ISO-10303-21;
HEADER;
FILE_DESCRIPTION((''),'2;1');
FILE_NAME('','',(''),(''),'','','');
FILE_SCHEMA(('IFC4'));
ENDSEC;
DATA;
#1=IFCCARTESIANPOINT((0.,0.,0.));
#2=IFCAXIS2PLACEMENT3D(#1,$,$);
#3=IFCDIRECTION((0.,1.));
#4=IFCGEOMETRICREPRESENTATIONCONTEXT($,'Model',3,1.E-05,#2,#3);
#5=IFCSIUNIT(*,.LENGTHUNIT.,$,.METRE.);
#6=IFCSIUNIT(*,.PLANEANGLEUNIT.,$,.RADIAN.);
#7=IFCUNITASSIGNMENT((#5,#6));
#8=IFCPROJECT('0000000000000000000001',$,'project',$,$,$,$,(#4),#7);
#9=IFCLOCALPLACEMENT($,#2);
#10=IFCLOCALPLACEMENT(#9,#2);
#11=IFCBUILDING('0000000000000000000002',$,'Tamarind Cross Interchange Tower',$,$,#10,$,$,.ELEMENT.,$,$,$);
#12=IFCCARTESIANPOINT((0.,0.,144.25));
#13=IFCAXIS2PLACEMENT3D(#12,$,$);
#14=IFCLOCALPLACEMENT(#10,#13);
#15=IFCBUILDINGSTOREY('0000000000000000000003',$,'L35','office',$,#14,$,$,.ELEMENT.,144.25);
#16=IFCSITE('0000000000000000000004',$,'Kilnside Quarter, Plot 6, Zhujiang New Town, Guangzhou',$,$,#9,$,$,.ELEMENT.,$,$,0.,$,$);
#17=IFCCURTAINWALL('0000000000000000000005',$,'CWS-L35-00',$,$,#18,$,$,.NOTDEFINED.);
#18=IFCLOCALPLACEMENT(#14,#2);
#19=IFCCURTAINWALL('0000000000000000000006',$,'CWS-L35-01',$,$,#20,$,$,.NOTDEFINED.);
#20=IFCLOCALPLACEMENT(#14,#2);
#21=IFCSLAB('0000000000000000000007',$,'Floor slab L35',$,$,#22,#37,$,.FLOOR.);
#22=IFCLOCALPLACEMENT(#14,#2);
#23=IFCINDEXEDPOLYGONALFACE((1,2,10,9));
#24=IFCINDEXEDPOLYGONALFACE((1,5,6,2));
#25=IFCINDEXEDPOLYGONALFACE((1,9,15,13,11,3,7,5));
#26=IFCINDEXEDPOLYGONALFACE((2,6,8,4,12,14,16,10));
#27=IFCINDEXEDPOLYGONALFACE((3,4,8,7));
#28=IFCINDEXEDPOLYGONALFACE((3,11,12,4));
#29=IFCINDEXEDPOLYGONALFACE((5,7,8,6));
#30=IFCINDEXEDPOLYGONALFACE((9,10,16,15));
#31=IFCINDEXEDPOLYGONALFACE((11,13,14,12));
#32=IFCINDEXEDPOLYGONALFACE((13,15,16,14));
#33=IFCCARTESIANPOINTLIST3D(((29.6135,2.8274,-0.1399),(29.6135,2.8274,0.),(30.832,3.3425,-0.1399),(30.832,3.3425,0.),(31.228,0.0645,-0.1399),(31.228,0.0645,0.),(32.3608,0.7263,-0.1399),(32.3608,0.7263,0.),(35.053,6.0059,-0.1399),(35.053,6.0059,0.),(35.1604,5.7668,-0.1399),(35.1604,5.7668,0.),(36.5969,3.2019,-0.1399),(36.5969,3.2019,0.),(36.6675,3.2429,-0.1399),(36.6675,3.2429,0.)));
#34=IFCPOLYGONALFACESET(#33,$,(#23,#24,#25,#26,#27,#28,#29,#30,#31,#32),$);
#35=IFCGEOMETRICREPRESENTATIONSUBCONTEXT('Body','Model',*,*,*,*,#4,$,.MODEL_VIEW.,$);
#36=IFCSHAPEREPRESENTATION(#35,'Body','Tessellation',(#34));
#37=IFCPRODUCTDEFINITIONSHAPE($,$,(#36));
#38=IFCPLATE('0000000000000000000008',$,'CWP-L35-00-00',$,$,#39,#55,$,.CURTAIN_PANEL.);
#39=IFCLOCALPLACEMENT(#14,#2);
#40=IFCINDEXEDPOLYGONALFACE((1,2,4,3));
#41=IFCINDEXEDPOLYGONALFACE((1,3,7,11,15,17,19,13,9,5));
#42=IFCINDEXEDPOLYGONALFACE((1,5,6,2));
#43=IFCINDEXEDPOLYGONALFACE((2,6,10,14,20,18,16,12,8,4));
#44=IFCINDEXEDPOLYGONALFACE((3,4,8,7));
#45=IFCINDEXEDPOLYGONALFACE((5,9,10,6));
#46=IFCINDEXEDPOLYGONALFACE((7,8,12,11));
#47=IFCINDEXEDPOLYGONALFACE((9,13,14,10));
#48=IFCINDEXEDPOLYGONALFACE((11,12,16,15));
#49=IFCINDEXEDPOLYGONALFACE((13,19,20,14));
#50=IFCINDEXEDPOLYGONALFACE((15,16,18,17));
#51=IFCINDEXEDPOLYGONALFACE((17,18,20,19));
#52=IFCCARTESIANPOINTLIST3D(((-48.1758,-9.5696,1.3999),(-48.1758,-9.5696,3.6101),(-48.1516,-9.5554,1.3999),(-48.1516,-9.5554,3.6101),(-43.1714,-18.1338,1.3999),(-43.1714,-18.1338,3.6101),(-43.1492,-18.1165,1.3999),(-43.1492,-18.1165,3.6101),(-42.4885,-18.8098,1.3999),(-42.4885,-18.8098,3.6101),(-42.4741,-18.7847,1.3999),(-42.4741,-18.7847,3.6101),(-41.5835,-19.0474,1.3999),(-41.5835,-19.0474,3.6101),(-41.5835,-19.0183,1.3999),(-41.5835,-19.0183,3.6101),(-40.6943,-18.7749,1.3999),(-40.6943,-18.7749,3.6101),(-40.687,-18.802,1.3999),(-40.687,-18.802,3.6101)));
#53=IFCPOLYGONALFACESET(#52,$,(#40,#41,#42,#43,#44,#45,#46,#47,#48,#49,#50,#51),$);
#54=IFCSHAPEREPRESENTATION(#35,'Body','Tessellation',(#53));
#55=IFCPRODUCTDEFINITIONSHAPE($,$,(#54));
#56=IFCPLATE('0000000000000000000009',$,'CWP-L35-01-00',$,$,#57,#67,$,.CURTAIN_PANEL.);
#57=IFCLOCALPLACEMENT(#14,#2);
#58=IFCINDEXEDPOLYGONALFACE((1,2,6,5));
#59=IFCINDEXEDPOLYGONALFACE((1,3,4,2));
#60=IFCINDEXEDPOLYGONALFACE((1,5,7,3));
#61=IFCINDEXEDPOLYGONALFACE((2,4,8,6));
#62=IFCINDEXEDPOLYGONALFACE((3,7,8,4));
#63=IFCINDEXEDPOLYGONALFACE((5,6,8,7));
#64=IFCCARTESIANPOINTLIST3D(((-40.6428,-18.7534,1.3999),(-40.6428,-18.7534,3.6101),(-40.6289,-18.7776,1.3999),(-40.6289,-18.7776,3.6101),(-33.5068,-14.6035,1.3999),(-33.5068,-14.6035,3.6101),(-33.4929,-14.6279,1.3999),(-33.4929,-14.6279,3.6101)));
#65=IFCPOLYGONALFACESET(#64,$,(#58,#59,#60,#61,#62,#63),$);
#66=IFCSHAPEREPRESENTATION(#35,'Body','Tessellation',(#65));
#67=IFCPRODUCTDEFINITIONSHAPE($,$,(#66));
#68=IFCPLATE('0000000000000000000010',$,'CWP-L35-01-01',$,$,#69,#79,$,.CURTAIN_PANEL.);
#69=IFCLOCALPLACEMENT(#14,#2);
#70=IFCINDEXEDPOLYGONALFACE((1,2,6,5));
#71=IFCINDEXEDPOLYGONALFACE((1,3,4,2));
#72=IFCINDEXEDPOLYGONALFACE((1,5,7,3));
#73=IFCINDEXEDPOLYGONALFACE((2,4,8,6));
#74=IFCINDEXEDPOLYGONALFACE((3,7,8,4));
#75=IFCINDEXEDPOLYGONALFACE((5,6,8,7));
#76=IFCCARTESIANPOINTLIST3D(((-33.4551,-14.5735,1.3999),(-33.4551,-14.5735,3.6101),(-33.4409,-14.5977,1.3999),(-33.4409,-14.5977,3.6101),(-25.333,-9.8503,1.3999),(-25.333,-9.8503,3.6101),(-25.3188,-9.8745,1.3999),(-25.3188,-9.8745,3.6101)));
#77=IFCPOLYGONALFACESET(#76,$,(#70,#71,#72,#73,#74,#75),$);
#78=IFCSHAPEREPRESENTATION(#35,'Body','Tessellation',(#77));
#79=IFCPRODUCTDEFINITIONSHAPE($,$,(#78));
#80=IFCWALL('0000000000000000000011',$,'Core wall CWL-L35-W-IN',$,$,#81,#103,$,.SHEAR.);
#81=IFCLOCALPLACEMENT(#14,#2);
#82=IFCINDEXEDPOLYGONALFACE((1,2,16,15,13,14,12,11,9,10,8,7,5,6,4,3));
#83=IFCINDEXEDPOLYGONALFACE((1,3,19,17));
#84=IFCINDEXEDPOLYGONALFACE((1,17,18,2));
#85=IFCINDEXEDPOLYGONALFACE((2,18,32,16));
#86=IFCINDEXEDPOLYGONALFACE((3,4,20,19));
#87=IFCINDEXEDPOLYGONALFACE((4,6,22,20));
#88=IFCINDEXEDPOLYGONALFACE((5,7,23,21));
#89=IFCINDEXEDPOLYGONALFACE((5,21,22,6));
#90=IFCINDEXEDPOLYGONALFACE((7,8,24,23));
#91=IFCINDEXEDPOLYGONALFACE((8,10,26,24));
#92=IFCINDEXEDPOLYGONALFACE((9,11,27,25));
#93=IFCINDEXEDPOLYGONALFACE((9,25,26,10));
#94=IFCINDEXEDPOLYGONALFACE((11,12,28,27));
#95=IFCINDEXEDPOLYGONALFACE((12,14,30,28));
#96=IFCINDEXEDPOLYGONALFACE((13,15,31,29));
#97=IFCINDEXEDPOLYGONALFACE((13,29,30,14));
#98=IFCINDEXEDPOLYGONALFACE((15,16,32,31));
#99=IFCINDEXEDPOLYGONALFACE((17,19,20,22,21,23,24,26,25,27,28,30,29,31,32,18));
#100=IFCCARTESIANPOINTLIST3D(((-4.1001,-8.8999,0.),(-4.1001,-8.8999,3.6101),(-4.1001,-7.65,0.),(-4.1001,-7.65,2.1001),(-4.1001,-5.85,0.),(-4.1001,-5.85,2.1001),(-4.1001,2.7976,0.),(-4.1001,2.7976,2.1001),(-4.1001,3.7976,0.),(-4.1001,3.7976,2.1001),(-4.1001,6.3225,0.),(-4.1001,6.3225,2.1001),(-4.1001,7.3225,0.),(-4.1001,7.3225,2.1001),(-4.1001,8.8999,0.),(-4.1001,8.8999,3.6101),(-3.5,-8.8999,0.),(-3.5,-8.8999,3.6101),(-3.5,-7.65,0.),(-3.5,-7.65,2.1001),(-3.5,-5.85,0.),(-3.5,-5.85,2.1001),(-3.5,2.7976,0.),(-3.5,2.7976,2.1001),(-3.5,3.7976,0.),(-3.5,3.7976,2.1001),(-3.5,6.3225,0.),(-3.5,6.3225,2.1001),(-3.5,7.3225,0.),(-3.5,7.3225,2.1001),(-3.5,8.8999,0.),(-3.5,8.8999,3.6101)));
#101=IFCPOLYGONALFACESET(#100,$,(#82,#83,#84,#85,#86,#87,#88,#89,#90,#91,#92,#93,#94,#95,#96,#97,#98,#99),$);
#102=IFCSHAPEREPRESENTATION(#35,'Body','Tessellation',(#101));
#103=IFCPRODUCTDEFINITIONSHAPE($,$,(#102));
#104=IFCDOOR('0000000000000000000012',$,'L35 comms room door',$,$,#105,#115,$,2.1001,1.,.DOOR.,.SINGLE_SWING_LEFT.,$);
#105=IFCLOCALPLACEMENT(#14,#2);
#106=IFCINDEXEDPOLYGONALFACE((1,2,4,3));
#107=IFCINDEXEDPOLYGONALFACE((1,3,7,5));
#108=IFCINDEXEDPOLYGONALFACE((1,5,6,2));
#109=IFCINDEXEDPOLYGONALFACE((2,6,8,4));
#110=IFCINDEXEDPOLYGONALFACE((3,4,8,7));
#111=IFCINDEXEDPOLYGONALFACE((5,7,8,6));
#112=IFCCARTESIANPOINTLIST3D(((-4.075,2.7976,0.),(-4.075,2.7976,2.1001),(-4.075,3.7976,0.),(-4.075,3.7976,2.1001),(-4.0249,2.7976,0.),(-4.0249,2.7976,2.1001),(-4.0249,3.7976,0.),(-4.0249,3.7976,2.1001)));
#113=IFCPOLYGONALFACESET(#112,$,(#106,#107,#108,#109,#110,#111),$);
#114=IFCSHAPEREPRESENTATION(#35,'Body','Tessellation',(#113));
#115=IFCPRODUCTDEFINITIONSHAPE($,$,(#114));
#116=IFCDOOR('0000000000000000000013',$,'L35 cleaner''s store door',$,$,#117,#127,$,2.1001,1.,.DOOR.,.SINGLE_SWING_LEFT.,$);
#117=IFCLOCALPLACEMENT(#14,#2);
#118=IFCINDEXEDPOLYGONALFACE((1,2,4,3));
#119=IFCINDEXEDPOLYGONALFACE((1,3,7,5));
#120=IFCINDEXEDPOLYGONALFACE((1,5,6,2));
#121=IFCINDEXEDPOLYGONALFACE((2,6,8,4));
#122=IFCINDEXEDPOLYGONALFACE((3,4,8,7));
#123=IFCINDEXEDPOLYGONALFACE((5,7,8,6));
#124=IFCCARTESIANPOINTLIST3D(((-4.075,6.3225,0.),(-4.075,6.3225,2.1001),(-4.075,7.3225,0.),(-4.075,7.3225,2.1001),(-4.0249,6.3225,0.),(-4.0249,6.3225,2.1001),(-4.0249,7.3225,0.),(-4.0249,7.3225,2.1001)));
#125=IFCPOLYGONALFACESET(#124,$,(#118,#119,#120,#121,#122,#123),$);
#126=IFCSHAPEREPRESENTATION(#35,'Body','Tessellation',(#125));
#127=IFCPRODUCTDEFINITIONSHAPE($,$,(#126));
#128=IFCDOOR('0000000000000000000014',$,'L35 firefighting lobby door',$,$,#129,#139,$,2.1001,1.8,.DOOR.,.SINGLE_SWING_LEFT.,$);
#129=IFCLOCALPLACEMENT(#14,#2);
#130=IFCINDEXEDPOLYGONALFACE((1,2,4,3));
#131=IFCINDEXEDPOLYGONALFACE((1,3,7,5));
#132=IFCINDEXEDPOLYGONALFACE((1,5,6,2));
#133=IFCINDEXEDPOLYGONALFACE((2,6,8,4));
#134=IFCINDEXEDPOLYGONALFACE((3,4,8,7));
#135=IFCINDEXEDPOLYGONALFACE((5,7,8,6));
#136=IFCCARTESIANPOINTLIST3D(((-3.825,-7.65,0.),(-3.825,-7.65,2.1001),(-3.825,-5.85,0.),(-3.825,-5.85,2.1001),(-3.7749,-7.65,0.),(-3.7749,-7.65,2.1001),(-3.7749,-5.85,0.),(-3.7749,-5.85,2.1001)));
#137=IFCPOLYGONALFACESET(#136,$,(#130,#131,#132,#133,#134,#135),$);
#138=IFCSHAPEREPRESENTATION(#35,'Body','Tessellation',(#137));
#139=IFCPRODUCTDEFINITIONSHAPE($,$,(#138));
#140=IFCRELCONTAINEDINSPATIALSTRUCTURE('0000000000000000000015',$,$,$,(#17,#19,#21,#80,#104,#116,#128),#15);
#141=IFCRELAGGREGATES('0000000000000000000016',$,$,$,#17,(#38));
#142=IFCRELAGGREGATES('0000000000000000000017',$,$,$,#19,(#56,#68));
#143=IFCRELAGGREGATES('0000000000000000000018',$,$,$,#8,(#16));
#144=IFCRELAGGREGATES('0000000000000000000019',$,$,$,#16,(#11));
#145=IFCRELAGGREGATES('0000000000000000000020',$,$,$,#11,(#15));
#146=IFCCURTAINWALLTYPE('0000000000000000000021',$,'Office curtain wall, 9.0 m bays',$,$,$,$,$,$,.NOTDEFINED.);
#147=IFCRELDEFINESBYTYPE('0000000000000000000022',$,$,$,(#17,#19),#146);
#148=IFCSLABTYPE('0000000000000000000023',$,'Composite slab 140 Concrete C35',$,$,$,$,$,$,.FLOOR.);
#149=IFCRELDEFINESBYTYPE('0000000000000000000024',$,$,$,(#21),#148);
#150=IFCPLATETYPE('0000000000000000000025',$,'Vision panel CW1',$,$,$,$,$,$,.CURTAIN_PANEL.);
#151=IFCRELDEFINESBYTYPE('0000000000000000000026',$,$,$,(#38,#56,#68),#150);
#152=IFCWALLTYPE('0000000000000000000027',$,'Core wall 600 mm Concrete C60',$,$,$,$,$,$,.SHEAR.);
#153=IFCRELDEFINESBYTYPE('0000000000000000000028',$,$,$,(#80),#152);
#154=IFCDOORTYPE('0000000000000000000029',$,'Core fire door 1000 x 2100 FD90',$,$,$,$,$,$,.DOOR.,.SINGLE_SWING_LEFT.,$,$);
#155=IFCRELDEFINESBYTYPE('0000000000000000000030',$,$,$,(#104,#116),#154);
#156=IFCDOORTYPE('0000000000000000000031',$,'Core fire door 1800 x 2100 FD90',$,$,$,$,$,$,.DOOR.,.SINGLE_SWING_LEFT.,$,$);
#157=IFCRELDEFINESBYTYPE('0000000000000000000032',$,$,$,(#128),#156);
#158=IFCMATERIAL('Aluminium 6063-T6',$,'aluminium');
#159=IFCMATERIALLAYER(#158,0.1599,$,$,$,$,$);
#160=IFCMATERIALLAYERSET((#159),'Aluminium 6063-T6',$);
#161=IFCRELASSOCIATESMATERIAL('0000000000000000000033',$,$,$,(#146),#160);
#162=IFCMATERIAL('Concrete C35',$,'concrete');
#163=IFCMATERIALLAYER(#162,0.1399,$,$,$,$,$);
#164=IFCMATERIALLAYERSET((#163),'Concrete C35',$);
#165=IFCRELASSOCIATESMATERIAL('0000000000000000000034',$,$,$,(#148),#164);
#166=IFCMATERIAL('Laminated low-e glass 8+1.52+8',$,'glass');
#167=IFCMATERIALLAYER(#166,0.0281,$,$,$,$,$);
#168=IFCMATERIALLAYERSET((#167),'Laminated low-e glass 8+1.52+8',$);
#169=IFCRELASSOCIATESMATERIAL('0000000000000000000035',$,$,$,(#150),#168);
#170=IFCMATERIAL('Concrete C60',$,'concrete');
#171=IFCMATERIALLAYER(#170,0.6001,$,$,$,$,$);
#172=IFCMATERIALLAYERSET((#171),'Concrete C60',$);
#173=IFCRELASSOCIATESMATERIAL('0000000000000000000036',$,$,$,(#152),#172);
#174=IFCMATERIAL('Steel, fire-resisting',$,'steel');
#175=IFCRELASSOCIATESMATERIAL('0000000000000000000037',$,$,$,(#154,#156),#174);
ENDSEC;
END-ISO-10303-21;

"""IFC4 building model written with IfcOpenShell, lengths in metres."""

from ifc_helpers import new_model, si_unit, direction, frame, frame_2d, origin, place, context, subcontext, project, spatial, polyline, rectangle, outline, extrude, material, layer, layer_set, type_object, element, fill, aggregate, save


model = new_model("IFC4")

# Units and contexts
model_context = context("Model", 3, precision=1e-05, world=origin(), true_north=direction((0.0, 1.0)))
body_context = subcontext(model_context, "Body", "Model", "MODEL_VIEW")
ifc_project = project(units=[si_unit("LENGTHUNIT", "METRE"), si_unit("PLANEANGLEUNIT", "RADIAN")], contexts=[model_context])

# Site, building, storey
site_placement = place(None, origin())
site = spatial("IfcSite", under=ifc_project, at=site_placement, Name="Kilnside Quarter, Plot 6, Zhujiang New Town, Guangzhou", CompositionType="ELEMENT", RefElevation=0.0)
building_placement = place(site_placement, origin())
building = spatial("IfcBuilding", under=site, at=building_placement, Name="Tamarind Cross Interchange Tower", CompositionType="ELEMENT")
storey_placement = place(building_placement, frame((0.0, 0.0, 144.25)))
storey = spatial("IfcBuildingStorey", under=building, at=storey_placement, Name="L35", Description="office", CompositionType="ELEMENT", Elevation=144.25)

# Curtain walls
ifc_material_1 = material(Name="Aluminium 6063-T6", Category="aluminium")
ifc_layer_1 = layer(ifc_material_1, 0.1599)
ifc_layer_set_1 = layer_set([ifc_layer_1], Name="Aluminium 6063-T6")
curtain_wall_type = type_object("IfcCurtainWallType", Name="Office curtain wall, 9.0 m bays", PredefinedType="NOTDEFINED", material=ifc_layer_set_1)
curtain_wall_1_placement = place(storey_placement, origin())
curtain_wall_1 = element("IfcCurtainWall", 1, at=curtain_wall_1_placement, inside=storey, type_object=curtain_wall_type, Name="CWS-L35-00", PredefinedType="NOTDEFINED")
curtain_wall_2_placement = place(storey_placement, origin())
curtain_wall_2 = element("IfcCurtainWall", 2, at=curtain_wall_2_placement, inside=storey, type_object=curtain_wall_type, Name="CWS-L35-01", PredefinedType="NOTDEFINED")

# Slab
ifc_material_2 = material(Name="Concrete C35", Category="concrete")
ifc_layer_2 = layer(ifc_material_2, 0.1399)
ifc_layer_set_2 = layer_set([ifc_layer_2], Name="Concrete C35")
slab_type = type_object("IfcSlabType", Name="Composite slab 140 Concrete C35", PredefinedType="FLOOR", material=ifc_layer_set_2)
slab_1_placement = place(storey_placement, frame((0.0, 0.0, -0.1399)))
element("IfcSlab", 3, at=slab_1_placement, inside=storey, type_object=slab_type, Name="Floor slab L35", PredefinedType="FLOOR", context=body_context, shape_type="SweptSolid", body=[
    extrude(outline(polyline([(36.6675, 3.2429), (35.053, 6.0059), (29.6135, 2.8274), (31.228, 0.0645), (32.3608, 0.7263), (30.832, 3.3425), (35.1604, 5.7668), (36.5969, 3.2019), (36.6675, 3.2429)])), origin(), (0.0, 0.0, 1.0), 0.1399),
])

# Plates
ifc_material_3 = material(Name="Laminated low-e glass 8+1.52+8", Category="glass")
ifc_layer_3 = layer(ifc_material_3, 0.0281)
ifc_layer_set_3 = layer_set([ifc_layer_3], Name="Laminated low-e glass 8+1.52+8")
plate_type = type_object("IfcPlateType", Name="Vision panel CW1", PredefinedType="CURTAIN_PANEL", material=ifc_layer_set_3)
plate_1_placement = place(storey_placement, frame((0.0, 0.0, 1.3999)))
plate_1 = element("IfcPlate", 4, at=plate_1_placement, type_object=plate_type, Name="CWP-L35-00-00", PredefinedType="CURTAIN_PANEL", context=body_context, shape_type="SweptSolid", body=[
    extrude(outline(polyline([(-48.1516, -9.5554), (-43.1492, -18.1165), (-42.4741, -18.7847), (-41.5835, -19.0183), (-40.6943, -18.7749), (-40.687, -18.802), (-41.5835, -19.0474), (-42.4885, -18.8098), (-43.1714, -18.1338), (-48.1758, -9.5696), (-48.1516, -9.5554)])), origin(), (0.0, 0.0, 1.0), 2.2102),
])
aggregate(curtain_wall_1, [plate_1])
plate_2_placement = place(storey_placement, frame((0.0, 0.0, 1.3999)))
plate_2 = element("IfcPlate", 5, at=plate_2_placement, type_object=plate_type, Name="CWP-L35-01-00", PredefinedType="CURTAIN_PANEL", context=body_context, shape_type="SweptSolid", body=[
    extrude(outline(polyline([(-40.6428, -18.7534), (-33.5068, -14.6035), (-33.4929, -14.6279), (-40.6289, -18.7776), (-40.6428, -18.7534)])), origin(), (0.0, 0.0, 1.0), 2.2102),
])
plate_3_placement = place(storey_placement, frame((0.0, 0.0, 1.3999)))
plate_3 = element("IfcPlate", 6, at=plate_3_placement, type_object=plate_type, Name="CWP-L35-01-01", PredefinedType="CURTAIN_PANEL", context=body_context, shape_type="SweptSolid", body=[
    extrude(outline(polyline([(-33.4551, -14.5735), (-25.333, -9.8503), (-25.3188, -9.8745), (-33.4409, -14.5977), (-33.4551, -14.5735)])), origin(), (0.0, 0.0, 1.0), 2.2102),
])
aggregate(curtain_wall_2, [plate_2, plate_3])

# Wall, openings, doors
ifc_material_4 = material(Name="Concrete C60", Category="concrete")
ifc_layer_4 = layer(ifc_material_4, 0.6001)
ifc_layer_set_4 = layer_set([ifc_layer_4], Name="Concrete C60")
wall_type = type_object("IfcWallType", Name="Core wall 600 mm Concrete C60", PredefinedType="SHEAR", material=ifc_layer_set_4)
wall_placement = place(storey_placement, frame((-3.8, -8.8999, 0.0), z_axis=(0.0, 0.0, 1.0), x_axis=(0.0, 1.0, 0.0)))
wall = element("IfcWall", 7, at=wall_placement, inside=storey, type_object=wall_type, Name="Core wall CWL-L35-W-IN", PredefinedType="SHEAR", context=body_context, shape_type="SweptSolid", body=[
    extrude(rectangle(XDim=17.7998, YDim=0.6001, at=frame_2d((8.8999, 0.0))), origin(), (0.0, 0.0, 1.0), 3.6101),
])
opening_1_placement = place(wall_placement, frame((1.25, 0.0, 0.0)))
opening_1 = element("IfcOpeningElement", 8, at=opening_1_placement, cuts=wall, PredefinedType="OPENING", context=body_context, shape_type="SweptSolid", body=[
    extrude(rectangle(XDim=1.8, YDim=2.1001, at=frame_2d((0.8999, 1.05))), frame((0.0, 0.3101, 0.0), z_axis=(0.0, -1.0, 0.0), x_axis=(1.0, 0.0, 0.0)), (0.0, 0.0, 1.0), 0.6201),
])
opening_2_placement = place(wall_placement, frame((11.6975, 0.0, 0.0)))
opening_2 = element("IfcOpeningElement", 9, at=opening_2_placement, cuts=wall, PredefinedType="OPENING", context=body_context, shape_type="SweptSolid", body=[
    extrude(rectangle(XDim=1.0, YDim=2.1001, at=frame_2d((0.5, 1.05))), frame((0.0, 0.3101, 0.0), z_axis=(0.0, -1.0, 0.0), x_axis=(1.0, 0.0, 0.0)), (0.0, 0.0, 1.0), 0.6201),
])
opening_3_placement = place(wall_placement, frame((15.2224, 0.0, 0.0)))
opening_3 = element("IfcOpeningElement", 10, at=opening_3_placement, cuts=wall, PredefinedType="OPENING", context=body_context, shape_type="SweptSolid", body=[
    extrude(rectangle(XDim=1.0, YDim=2.1001, at=frame_2d((0.5, 1.05))), frame((0.0, 0.3101, 0.0), z_axis=(0.0, -1.0, 0.0), x_axis=(1.0, 0.0, 0.0)), (0.0, 0.0, 1.0), 0.6201),
])
ifc_material_5 = material(Name="Steel, fire-resisting", Category="steel")
door_type_1 = type_object("IfcDoorType", Name="Core fire door 1000 x 2100 FD90", OperationType="SINGLE_SWING_LEFT", PredefinedType="DOOR", material=ifc_material_5)
door_1_placement = place(opening_2_placement, origin())
door_1 = element("IfcDoor", 11, at=door_1_placement, inside=storey, type_object=door_type_1, Name="L35 comms room door", OperationType="SINGLE_SWING_LEFT", OverallHeight=2.1001, OverallWidth=1.0, PredefinedType="DOOR", context=body_context, shape_type="SweptSolid", body=[
    extrude(rectangle(XDim=1.0, YDim=2.1001, at=frame_2d((0.5, 1.05))), frame((0.0, 0.2749, 0.0), z_axis=(0.0, -1.0, 0.0), x_axis=(1.0, 0.0, 0.0)), (0.0, 0.0, 1.0), 0.05),
])
fill(opening_2, door_1)
door_2_placement = place(opening_3_placement, origin())
door_2 = element("IfcDoor", 12, at=door_2_placement, inside=storey, type_object=door_type_1, Name="L35 cleaner's store door", OperationType="SINGLE_SWING_LEFT", OverallHeight=2.1001, OverallWidth=1.0, PredefinedType="DOOR", context=body_context, shape_type="SweptSolid", body=[
    extrude(rectangle(XDim=1.0, YDim=2.1001, at=frame_2d((0.5, 1.05))), frame((0.0, 0.2749, 0.0), z_axis=(0.0, -1.0, 0.0), x_axis=(1.0, 0.0, 0.0)), (0.0, 0.0, 1.0), 0.05),
])
fill(opening_3, door_2)
door_type_2 = type_object("IfcDoorType", Name="Core fire door 1800 x 2100 FD90", OperationType="SINGLE_SWING_LEFT", PredefinedType="DOOR", material=ifc_material_5)
door_3_placement = place(opening_1_placement, origin())
door_3 = element("IfcDoor", 13, at=door_3_placement, inside=storey, type_object=door_type_2, Name="L35 firefighting lobby door", OperationType="SINGLE_SWING_LEFT", OverallHeight=2.1001, OverallWidth=1.8, PredefinedType="DOOR", context=body_context, shape_type="SweptSolid", body=[
    extrude(rectangle(XDim=1.8, YDim=2.1001, at=frame_2d((0.8999, 1.05))), frame((0.0, 0.0249, 0.0), z_axis=(0.0, -1.0, 0.0), x_axis=(1.0, 0.0, 0.0)), (0.0, 0.0, 1.0), 0.05),
])
fill(opening_1, door_3)

save(model, "model.ifc")
